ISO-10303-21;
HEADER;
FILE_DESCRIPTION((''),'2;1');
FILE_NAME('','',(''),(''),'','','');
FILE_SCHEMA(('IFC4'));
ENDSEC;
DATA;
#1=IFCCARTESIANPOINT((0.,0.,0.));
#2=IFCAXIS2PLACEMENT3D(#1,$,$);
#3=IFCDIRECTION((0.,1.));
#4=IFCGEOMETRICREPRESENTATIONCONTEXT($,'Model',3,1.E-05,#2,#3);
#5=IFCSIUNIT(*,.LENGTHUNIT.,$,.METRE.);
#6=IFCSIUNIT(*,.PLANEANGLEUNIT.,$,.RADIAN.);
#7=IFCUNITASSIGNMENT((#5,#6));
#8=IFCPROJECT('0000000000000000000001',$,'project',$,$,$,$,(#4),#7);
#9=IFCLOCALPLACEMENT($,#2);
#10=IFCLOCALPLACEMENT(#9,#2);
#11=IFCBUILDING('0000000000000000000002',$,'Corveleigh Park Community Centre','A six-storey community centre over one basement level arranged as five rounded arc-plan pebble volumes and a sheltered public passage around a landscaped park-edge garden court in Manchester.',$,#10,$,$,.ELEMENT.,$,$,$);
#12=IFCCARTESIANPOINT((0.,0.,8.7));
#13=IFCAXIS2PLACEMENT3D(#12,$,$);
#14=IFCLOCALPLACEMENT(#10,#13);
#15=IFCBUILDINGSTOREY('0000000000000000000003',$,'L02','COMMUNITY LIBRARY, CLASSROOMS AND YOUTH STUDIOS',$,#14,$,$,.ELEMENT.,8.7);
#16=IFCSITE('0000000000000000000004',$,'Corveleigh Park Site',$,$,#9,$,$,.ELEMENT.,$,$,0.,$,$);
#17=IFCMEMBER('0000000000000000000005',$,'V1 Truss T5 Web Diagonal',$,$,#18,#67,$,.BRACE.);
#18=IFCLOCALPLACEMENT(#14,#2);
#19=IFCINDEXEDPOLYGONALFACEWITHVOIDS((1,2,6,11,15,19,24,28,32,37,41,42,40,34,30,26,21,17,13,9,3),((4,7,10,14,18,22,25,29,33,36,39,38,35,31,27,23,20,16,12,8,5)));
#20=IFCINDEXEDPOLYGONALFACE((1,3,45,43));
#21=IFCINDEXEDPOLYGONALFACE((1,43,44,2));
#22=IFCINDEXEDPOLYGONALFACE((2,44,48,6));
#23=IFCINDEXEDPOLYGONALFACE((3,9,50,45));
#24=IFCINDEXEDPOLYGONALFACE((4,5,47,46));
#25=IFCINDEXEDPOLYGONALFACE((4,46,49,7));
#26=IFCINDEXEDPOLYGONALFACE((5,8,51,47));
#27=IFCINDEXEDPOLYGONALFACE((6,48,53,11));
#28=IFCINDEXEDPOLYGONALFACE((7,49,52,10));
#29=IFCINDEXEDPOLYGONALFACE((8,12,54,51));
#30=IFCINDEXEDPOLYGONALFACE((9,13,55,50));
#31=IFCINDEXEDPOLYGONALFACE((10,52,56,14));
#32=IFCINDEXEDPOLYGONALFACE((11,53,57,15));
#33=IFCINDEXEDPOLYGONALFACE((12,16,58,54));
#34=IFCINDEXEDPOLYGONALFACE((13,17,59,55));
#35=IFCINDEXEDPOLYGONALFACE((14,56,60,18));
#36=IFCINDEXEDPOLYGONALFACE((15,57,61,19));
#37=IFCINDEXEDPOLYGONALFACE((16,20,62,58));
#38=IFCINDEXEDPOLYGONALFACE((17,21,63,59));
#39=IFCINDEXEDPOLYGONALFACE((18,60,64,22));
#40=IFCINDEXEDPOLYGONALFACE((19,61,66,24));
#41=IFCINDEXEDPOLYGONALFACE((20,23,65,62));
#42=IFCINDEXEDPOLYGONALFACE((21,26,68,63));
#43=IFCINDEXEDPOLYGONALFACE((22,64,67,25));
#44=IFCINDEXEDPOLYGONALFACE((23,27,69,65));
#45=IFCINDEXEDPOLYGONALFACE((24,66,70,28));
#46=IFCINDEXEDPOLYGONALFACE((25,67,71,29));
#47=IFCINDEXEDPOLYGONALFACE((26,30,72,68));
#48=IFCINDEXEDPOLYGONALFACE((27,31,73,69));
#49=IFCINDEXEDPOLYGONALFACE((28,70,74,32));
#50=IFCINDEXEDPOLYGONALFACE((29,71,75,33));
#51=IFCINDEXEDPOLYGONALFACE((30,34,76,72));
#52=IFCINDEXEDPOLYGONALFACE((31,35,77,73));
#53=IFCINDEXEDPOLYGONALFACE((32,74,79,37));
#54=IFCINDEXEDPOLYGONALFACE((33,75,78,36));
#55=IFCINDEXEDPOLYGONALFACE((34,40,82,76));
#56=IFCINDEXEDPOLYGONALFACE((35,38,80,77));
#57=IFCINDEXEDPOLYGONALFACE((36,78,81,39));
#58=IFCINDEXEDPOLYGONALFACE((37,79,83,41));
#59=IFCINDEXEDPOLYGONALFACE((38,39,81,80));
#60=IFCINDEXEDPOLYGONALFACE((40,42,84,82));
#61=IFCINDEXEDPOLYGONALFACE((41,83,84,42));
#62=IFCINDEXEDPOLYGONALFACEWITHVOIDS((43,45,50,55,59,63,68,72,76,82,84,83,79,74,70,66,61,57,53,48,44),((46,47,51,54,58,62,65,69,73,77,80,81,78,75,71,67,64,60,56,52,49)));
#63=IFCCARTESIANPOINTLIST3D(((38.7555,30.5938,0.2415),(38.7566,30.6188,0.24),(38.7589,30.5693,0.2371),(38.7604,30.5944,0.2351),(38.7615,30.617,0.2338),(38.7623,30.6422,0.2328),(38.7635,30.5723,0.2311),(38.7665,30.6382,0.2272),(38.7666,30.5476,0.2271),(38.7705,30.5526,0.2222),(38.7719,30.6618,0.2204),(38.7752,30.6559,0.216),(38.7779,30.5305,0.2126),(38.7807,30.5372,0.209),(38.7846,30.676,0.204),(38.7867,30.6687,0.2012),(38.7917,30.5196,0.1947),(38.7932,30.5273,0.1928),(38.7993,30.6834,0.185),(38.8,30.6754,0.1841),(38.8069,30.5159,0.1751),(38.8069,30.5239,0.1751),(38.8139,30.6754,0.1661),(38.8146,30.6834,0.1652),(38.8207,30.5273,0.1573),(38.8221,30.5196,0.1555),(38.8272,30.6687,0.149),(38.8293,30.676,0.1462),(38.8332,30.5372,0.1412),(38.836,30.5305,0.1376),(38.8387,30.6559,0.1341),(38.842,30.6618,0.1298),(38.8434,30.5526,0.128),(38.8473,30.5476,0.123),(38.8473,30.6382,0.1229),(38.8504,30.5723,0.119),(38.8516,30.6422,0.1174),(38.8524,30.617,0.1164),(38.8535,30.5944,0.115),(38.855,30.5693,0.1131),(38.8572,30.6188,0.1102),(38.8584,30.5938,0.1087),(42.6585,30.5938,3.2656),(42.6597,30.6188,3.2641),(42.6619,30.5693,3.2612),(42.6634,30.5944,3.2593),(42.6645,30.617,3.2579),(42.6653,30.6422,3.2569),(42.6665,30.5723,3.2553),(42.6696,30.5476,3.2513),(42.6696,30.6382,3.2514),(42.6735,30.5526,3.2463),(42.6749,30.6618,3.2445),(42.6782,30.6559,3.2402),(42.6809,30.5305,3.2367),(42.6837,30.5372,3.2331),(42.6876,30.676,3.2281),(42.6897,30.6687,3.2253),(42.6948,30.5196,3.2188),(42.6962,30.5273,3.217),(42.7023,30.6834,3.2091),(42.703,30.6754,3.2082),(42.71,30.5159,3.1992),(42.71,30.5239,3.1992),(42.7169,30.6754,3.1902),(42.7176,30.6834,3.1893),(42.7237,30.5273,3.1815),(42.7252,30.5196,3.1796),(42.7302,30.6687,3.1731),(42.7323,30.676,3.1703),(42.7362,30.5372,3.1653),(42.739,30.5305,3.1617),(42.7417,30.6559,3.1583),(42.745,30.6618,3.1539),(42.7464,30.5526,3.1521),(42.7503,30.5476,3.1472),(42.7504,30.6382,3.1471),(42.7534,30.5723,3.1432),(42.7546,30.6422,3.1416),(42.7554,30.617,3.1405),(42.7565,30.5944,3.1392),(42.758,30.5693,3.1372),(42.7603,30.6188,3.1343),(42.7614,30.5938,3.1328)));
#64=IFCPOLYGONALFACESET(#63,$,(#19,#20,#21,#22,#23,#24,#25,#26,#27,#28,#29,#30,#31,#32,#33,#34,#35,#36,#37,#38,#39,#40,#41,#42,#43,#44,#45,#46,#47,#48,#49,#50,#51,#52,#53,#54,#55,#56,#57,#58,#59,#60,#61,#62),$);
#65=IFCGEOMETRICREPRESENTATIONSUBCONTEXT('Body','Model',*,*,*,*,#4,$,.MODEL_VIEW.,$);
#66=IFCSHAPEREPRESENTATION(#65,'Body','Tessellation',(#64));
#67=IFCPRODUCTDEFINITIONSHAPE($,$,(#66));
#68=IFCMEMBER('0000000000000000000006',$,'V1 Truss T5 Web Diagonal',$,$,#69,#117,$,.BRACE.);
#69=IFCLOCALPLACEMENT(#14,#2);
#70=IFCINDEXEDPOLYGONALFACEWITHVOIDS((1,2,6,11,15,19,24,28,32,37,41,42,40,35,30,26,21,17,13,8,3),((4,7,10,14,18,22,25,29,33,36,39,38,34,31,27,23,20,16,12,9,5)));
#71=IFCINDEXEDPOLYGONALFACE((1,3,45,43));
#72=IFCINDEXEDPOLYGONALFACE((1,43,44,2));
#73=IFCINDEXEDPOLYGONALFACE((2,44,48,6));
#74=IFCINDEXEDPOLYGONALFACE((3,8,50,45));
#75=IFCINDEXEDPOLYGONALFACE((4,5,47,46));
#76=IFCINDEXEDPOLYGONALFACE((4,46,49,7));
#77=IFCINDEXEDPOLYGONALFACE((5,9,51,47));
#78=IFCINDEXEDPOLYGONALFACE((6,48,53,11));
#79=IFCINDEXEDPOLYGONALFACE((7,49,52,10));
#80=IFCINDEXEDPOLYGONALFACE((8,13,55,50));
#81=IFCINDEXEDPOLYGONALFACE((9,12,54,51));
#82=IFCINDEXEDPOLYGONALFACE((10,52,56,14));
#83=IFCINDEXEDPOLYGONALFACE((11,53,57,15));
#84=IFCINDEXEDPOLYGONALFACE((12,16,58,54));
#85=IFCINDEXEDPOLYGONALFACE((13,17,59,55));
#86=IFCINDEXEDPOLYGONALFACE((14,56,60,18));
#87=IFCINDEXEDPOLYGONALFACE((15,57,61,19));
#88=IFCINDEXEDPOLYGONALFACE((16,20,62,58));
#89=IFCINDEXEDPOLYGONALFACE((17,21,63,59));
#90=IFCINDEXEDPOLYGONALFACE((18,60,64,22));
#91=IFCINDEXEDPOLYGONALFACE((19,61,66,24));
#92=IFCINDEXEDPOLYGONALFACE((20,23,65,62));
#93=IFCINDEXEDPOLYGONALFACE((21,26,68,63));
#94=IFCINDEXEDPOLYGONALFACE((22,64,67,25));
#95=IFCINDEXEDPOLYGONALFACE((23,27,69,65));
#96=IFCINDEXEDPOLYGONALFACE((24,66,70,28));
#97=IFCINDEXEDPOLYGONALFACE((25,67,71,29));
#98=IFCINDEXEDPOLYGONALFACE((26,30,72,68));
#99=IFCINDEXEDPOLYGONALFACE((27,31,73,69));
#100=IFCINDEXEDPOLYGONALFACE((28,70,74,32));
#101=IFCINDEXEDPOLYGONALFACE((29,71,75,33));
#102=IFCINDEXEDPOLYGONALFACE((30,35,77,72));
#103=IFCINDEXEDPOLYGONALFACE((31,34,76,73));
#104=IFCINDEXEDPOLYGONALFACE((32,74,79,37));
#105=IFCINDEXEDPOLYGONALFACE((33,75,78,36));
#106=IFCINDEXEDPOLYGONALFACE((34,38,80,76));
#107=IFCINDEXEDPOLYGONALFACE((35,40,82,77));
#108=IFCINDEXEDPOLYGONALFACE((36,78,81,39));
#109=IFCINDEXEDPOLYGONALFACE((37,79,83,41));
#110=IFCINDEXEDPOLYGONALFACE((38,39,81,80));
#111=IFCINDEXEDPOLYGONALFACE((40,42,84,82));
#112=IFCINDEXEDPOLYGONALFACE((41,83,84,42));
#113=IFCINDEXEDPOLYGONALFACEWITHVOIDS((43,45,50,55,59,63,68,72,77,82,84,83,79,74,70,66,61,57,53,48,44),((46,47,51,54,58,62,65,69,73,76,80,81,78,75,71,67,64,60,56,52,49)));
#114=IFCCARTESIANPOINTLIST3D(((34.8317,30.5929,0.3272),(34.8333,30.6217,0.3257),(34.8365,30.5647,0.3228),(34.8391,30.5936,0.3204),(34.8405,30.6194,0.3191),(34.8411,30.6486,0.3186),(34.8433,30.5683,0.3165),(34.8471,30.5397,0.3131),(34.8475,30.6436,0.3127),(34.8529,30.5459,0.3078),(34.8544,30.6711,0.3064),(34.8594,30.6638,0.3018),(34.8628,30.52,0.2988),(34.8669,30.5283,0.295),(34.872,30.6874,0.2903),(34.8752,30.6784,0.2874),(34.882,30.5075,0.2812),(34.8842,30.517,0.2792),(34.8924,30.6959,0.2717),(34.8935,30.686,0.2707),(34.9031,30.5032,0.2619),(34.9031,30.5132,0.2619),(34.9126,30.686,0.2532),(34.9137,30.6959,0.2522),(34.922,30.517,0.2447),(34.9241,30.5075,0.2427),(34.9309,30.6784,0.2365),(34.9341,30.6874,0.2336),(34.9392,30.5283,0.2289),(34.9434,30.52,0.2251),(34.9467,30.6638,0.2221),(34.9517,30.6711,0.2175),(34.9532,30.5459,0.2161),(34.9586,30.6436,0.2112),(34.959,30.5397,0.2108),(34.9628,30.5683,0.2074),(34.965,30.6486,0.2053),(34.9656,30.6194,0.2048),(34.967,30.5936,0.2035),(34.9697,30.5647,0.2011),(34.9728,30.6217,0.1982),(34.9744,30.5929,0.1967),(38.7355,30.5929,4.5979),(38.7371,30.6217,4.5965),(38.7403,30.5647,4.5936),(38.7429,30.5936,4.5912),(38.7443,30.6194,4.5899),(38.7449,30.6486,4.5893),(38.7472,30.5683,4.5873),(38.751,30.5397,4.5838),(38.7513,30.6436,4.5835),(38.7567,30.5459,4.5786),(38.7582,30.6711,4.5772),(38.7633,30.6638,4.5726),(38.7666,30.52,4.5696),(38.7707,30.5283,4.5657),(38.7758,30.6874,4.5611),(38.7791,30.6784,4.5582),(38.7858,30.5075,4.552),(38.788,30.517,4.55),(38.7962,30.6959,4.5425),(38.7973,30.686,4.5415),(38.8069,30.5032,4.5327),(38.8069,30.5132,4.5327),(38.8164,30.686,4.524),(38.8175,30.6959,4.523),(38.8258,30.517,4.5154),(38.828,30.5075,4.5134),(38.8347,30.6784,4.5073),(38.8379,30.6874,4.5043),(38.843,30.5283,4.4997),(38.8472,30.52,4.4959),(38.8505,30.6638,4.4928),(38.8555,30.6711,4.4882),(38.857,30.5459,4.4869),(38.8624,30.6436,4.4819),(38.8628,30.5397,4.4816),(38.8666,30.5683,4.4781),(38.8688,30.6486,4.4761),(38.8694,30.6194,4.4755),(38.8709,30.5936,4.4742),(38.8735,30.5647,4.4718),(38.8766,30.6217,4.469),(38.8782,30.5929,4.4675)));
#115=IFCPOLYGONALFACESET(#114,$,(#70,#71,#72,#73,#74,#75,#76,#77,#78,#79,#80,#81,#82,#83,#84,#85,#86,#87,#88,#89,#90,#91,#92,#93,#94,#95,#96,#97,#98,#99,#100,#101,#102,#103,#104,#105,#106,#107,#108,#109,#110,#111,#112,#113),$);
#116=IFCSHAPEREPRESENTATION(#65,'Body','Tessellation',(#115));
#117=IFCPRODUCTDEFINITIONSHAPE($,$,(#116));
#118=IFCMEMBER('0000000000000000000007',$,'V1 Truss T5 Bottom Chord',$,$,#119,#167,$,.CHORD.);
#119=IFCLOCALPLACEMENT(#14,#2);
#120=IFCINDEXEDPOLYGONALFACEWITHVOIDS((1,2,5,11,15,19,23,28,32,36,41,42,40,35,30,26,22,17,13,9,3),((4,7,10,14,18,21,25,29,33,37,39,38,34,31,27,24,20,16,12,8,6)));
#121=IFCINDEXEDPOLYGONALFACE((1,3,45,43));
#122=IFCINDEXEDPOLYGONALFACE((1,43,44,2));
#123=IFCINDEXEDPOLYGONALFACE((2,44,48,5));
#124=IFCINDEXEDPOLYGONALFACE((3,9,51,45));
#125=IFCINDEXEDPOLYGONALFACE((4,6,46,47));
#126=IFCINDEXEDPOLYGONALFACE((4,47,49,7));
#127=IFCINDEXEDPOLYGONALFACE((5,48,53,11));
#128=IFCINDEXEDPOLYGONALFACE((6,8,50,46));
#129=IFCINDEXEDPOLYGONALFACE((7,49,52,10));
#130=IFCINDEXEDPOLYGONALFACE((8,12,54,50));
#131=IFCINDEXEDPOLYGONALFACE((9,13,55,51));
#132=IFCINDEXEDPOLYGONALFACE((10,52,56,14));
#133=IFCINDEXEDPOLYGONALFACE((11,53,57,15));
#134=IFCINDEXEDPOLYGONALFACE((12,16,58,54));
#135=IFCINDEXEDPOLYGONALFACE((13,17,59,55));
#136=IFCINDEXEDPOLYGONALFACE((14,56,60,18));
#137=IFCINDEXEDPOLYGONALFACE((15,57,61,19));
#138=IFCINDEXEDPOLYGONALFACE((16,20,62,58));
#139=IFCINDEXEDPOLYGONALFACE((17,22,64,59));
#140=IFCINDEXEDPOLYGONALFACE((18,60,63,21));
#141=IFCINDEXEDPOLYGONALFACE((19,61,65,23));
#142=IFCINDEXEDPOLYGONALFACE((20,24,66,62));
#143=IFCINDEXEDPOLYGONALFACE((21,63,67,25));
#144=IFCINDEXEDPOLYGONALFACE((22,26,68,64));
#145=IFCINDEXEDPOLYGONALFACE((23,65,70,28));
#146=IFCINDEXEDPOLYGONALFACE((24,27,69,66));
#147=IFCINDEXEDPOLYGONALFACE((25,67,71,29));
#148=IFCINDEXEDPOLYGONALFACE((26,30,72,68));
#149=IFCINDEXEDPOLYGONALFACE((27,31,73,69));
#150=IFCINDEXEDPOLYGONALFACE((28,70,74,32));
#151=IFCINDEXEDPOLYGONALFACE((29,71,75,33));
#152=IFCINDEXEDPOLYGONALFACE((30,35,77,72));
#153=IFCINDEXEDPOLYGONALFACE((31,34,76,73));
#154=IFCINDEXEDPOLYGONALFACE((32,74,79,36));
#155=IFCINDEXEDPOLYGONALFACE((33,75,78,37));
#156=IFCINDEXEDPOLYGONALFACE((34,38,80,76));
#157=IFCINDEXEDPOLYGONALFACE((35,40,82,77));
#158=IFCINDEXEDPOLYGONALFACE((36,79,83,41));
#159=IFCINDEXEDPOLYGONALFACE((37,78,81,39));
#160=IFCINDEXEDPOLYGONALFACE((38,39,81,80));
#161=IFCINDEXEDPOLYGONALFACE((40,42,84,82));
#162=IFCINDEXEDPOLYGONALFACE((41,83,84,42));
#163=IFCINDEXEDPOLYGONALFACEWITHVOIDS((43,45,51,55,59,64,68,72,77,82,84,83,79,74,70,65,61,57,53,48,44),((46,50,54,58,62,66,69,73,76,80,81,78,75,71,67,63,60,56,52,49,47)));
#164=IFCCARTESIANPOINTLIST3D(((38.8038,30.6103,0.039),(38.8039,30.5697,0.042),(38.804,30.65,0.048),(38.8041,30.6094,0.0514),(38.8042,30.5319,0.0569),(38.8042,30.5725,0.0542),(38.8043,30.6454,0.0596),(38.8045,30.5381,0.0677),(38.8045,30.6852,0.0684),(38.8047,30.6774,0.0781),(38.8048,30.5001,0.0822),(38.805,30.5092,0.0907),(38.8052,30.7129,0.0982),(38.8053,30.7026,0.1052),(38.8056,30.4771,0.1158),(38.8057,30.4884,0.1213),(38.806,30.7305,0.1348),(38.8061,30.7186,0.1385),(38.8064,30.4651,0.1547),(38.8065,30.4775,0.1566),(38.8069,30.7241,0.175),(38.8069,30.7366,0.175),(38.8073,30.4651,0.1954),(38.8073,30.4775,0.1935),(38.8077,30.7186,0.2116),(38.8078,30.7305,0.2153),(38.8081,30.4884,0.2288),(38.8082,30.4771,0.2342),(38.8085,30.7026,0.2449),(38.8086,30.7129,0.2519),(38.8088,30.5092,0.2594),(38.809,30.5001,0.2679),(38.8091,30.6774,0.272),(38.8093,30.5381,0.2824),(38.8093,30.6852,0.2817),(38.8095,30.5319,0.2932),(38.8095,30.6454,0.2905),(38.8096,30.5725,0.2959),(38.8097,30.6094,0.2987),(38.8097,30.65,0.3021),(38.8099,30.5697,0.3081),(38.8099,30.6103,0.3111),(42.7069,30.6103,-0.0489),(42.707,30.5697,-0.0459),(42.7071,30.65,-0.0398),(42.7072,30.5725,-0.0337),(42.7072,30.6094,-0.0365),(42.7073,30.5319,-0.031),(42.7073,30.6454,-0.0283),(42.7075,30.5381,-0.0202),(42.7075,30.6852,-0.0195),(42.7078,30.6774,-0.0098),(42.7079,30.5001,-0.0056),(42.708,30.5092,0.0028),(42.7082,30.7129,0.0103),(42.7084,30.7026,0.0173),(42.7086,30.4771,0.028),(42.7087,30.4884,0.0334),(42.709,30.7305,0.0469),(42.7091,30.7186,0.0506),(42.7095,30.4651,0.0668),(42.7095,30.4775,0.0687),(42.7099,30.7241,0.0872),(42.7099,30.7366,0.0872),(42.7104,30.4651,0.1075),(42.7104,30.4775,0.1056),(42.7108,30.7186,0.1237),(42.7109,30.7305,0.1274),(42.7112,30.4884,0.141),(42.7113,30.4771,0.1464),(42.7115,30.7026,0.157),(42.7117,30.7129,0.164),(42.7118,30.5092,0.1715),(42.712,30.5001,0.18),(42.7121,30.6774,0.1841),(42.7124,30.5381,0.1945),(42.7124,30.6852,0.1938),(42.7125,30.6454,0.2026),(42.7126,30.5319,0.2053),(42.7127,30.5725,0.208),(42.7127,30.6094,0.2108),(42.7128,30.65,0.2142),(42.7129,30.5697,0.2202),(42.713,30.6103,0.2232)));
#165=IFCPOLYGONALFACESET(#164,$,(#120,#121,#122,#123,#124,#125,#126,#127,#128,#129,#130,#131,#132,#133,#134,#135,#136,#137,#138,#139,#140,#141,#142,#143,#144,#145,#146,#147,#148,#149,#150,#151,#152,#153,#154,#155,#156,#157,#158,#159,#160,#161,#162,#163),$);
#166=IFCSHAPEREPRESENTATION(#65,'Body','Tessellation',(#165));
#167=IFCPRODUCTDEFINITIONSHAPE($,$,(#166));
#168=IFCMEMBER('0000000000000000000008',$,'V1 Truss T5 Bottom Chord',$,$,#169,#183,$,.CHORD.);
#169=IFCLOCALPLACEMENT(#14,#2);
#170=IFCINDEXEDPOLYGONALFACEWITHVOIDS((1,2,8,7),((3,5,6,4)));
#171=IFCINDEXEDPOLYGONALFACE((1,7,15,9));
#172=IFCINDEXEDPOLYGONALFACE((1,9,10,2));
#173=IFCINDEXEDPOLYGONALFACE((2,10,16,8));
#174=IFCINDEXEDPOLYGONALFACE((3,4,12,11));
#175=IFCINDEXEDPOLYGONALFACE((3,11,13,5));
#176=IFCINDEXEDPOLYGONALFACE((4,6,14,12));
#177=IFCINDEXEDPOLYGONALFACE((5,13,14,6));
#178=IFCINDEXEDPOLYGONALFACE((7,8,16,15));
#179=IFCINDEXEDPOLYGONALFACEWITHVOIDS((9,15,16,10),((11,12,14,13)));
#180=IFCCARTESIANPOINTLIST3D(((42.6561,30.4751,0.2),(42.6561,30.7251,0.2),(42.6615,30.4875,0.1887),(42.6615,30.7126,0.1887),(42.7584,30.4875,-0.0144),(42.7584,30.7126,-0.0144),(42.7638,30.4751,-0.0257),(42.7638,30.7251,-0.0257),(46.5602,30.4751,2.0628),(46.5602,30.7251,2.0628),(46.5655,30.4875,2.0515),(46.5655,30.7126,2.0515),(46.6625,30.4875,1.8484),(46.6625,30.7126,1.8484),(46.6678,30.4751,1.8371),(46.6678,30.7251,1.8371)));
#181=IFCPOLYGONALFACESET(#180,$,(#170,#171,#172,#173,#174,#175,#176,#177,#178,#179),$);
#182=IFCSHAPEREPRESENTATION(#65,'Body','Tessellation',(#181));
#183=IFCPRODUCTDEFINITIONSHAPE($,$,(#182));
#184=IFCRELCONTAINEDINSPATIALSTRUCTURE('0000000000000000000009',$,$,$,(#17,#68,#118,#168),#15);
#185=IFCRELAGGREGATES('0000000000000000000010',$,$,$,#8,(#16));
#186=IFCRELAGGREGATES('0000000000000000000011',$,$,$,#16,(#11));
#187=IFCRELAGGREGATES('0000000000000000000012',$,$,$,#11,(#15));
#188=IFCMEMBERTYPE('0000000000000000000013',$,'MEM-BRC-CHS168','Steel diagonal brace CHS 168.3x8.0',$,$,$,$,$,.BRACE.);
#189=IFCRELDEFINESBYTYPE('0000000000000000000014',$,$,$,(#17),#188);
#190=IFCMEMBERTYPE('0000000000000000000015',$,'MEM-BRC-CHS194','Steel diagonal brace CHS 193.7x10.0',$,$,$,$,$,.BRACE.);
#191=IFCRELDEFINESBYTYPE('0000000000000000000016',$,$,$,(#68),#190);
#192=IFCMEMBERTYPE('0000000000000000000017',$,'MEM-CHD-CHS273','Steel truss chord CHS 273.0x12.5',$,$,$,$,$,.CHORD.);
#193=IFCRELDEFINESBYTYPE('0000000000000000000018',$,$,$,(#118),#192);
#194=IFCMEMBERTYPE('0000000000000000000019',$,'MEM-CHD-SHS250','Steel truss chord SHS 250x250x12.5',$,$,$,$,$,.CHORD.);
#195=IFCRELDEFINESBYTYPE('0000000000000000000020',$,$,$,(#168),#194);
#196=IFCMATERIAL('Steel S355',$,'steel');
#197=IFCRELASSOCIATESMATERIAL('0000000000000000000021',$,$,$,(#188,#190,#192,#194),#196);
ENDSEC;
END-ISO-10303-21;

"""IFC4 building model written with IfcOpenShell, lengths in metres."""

from ifc_helpers import new_model, si_unit, direction, frame, origin, origin_2d, place, context, subcontext, project, spatial, hollow_rectangle, hollow_circle, extrude, material, material_profile, profile_set, type_object, element, save


model = new_model("IFC4")

# Units and contexts
model_context = context("Model", 3, precision=1e-05, world=origin(), true_north=direction((0.0, 1.0)))
body_context = subcontext(model_context, "Body", "Model", "MODEL_VIEW")
ifc_project = project(units=[si_unit("LENGTHUNIT", "METRE"), si_unit("PLANEANGLEUNIT", "RADIAN")], contexts=[model_context])

# Site, building, storey
site_placement = place(None, origin())
site = spatial("IfcSite", under=ifc_project, at=site_placement, Name="Corveleigh Park Site", CompositionType="ELEMENT", RefElevation=0.0)
building_placement = place(site_placement, origin())
building = spatial("IfcBuilding", under=site, at=building_placement, Name="Corveleigh Park Community Centre", Description="A six-storey community centre over one basement level arranged as five rounded arc-plan pebble volumes and a sheltered public passage around a landscaped park-edge garden court in Manchester.", CompositionType="ELEMENT")
storey_placement = place(building_placement, frame((0.0, 0.0, 8.7)))
storey = spatial("IfcBuildingStorey", under=building, at=storey_placement, Name="L02", Description="COMMUNITY LIBRARY, CLASSROOMS AND YOUTH STUDIOS", CompositionType="ELEMENT", Elevation=8.7)

# Shared definitions
ifc_material_1 = material(Name="Steel S355", Category="steel")

# Members
ifc_material_profile_1 = material_profile(ifc_material_1, hollow_circle(Radius=0.0842, WallThickness=0.0081, at=origin_2d()), Name="CHS 168.3x8.0", Category="steel")
ifc_profile_set_1 = profile_set([ifc_material_profile_1], Name="Steel S355")
member_type_1 = type_object("IfcMemberType", Name="MEM-BRC-CHS168", Description="Steel diagonal brace CHS 168.3x8.0", PredefinedType="BRACE", material=ifc_profile_set_1)
member_1_placement = place(storey_placement, frame((42.71, 30.6001, 3.1992), z_axis=(-0.790485, 0.0, -0.612481), x_axis=(0.0, -1.0, 0.0)))
element("IfcMember", 1, at=member_1_placement, inside=storey, type_object=member_type_1, Name="V1 Truss T5 Web Diagonal", PredefinedType="BRACE", context=body_context, shape_type="SweptSolid", body=[
    extrude(hollow_circle(Radius=0.0842, WallThickness=0.0081, at=origin_2d()), origin(), (0.0, 0.0, 1.0), 4.9375),
])
ifc_material_profile_2 = material_profile(ifc_material_1, hollow_circle(Radius=0.0969, WallThickness=0.01, at=origin_2d()), Name="CHS 193.7x10.0", Category="steel")
ifc_profile_set_2 = profile_set([ifc_material_profile_2], Name="Steel S355")
member_type_2 = type_object("IfcMemberType", Name="MEM-BRC-CHS194", Description="Steel diagonal brace CHS 193.7x10.0", PredefinedType="BRACE", material=ifc_profile_set_2)
member_2_placement = place(storey_placement, frame((38.8069, 30.6001, 4.5327), z_axis=(-0.674686, 0.0, -0.738104), x_axis=(0.0, -1.0, 0.0)))
element("IfcMember", 2, at=member_2_placement, inside=storey, type_object=member_type_2, Name="V1 Truss T5 Web Diagonal", PredefinedType="BRACE", context=body_context, shape_type="SweptSolid", body=[
    extrude(hollow_circle(Radius=0.0969, WallThickness=0.01, at=origin_2d()), origin(), (0.0, 0.0, 1.0), 5.7861),
])
ifc_material_profile_3 = material_profile(ifc_material_1, hollow_circle(Radius=0.1365, WallThickness=0.0125, at=origin_2d()), Name="CHS 273.0x12.5", Category="steel")
ifc_profile_set_3 = profile_set([ifc_material_profile_3], Name="Steel S355")
member_type_3 = type_object("IfcMemberType", Name="MEM-CHD-CHS273", Description="Steel truss chord CHS 273.0x12.5", PredefinedType="CHORD", material=ifc_profile_set_3)
member_3_placement = place(storey_placement, frame((38.8069, 30.6001, 0.175), z_axis=(0.999747, 0.0, -0.022513), x_axis=(0.0, 1.0, 0.0)))
element("IfcMember", 3, at=member_3_placement, inside=storey, type_object=member_type_3, Name="V1 Truss T5 Bottom Chord", PredefinedType="CHORD", context=body_context, shape_type="SweptSolid", body=[
    extrude(hollow_circle(Radius=0.1365, WallThickness=0.0125, at=origin_2d()), origin(), (0.0, 0.0, 1.0), 3.9041),
])
ifc_material_profile_4 = material_profile(ifc_material_1, hollow_rectangle(XDim=0.25, YDim=0.25, WallThickness=0.0125, at=origin_2d()), Name="SHS 250x250x12.5", Category="steel")
ifc_profile_set_4 = profile_set([ifc_material_profile_4], Name="Steel S355")
member_type_4 = type_object("IfcMemberType", Name="MEM-CHD-SHS250", Description="Steel truss chord SHS 250x250x12.5", PredefinedType="CHORD", material=ifc_profile_set_4)
member_4_placement = place(storey_placement, frame((42.71, 30.6001, 0.0872), z_axis=(0.902526, 0.0, 0.430635), x_axis=(0.0, 1.0, 0.0)))
element("IfcMember", 4, at=member_4_placement, inside=storey, type_object=member_type_4, Name="V1 Truss T5 Bottom Chord", PredefinedType="CHORD", context=body_context, shape_type="SweptSolid", body=[
    extrude(hollow_rectangle(XDim=0.25, YDim=0.25, WallThickness=0.0125, at=origin_2d()), origin(), (0.0, 0.0, 1.0), 4.3257),
])

save(model, "model.ifc")
